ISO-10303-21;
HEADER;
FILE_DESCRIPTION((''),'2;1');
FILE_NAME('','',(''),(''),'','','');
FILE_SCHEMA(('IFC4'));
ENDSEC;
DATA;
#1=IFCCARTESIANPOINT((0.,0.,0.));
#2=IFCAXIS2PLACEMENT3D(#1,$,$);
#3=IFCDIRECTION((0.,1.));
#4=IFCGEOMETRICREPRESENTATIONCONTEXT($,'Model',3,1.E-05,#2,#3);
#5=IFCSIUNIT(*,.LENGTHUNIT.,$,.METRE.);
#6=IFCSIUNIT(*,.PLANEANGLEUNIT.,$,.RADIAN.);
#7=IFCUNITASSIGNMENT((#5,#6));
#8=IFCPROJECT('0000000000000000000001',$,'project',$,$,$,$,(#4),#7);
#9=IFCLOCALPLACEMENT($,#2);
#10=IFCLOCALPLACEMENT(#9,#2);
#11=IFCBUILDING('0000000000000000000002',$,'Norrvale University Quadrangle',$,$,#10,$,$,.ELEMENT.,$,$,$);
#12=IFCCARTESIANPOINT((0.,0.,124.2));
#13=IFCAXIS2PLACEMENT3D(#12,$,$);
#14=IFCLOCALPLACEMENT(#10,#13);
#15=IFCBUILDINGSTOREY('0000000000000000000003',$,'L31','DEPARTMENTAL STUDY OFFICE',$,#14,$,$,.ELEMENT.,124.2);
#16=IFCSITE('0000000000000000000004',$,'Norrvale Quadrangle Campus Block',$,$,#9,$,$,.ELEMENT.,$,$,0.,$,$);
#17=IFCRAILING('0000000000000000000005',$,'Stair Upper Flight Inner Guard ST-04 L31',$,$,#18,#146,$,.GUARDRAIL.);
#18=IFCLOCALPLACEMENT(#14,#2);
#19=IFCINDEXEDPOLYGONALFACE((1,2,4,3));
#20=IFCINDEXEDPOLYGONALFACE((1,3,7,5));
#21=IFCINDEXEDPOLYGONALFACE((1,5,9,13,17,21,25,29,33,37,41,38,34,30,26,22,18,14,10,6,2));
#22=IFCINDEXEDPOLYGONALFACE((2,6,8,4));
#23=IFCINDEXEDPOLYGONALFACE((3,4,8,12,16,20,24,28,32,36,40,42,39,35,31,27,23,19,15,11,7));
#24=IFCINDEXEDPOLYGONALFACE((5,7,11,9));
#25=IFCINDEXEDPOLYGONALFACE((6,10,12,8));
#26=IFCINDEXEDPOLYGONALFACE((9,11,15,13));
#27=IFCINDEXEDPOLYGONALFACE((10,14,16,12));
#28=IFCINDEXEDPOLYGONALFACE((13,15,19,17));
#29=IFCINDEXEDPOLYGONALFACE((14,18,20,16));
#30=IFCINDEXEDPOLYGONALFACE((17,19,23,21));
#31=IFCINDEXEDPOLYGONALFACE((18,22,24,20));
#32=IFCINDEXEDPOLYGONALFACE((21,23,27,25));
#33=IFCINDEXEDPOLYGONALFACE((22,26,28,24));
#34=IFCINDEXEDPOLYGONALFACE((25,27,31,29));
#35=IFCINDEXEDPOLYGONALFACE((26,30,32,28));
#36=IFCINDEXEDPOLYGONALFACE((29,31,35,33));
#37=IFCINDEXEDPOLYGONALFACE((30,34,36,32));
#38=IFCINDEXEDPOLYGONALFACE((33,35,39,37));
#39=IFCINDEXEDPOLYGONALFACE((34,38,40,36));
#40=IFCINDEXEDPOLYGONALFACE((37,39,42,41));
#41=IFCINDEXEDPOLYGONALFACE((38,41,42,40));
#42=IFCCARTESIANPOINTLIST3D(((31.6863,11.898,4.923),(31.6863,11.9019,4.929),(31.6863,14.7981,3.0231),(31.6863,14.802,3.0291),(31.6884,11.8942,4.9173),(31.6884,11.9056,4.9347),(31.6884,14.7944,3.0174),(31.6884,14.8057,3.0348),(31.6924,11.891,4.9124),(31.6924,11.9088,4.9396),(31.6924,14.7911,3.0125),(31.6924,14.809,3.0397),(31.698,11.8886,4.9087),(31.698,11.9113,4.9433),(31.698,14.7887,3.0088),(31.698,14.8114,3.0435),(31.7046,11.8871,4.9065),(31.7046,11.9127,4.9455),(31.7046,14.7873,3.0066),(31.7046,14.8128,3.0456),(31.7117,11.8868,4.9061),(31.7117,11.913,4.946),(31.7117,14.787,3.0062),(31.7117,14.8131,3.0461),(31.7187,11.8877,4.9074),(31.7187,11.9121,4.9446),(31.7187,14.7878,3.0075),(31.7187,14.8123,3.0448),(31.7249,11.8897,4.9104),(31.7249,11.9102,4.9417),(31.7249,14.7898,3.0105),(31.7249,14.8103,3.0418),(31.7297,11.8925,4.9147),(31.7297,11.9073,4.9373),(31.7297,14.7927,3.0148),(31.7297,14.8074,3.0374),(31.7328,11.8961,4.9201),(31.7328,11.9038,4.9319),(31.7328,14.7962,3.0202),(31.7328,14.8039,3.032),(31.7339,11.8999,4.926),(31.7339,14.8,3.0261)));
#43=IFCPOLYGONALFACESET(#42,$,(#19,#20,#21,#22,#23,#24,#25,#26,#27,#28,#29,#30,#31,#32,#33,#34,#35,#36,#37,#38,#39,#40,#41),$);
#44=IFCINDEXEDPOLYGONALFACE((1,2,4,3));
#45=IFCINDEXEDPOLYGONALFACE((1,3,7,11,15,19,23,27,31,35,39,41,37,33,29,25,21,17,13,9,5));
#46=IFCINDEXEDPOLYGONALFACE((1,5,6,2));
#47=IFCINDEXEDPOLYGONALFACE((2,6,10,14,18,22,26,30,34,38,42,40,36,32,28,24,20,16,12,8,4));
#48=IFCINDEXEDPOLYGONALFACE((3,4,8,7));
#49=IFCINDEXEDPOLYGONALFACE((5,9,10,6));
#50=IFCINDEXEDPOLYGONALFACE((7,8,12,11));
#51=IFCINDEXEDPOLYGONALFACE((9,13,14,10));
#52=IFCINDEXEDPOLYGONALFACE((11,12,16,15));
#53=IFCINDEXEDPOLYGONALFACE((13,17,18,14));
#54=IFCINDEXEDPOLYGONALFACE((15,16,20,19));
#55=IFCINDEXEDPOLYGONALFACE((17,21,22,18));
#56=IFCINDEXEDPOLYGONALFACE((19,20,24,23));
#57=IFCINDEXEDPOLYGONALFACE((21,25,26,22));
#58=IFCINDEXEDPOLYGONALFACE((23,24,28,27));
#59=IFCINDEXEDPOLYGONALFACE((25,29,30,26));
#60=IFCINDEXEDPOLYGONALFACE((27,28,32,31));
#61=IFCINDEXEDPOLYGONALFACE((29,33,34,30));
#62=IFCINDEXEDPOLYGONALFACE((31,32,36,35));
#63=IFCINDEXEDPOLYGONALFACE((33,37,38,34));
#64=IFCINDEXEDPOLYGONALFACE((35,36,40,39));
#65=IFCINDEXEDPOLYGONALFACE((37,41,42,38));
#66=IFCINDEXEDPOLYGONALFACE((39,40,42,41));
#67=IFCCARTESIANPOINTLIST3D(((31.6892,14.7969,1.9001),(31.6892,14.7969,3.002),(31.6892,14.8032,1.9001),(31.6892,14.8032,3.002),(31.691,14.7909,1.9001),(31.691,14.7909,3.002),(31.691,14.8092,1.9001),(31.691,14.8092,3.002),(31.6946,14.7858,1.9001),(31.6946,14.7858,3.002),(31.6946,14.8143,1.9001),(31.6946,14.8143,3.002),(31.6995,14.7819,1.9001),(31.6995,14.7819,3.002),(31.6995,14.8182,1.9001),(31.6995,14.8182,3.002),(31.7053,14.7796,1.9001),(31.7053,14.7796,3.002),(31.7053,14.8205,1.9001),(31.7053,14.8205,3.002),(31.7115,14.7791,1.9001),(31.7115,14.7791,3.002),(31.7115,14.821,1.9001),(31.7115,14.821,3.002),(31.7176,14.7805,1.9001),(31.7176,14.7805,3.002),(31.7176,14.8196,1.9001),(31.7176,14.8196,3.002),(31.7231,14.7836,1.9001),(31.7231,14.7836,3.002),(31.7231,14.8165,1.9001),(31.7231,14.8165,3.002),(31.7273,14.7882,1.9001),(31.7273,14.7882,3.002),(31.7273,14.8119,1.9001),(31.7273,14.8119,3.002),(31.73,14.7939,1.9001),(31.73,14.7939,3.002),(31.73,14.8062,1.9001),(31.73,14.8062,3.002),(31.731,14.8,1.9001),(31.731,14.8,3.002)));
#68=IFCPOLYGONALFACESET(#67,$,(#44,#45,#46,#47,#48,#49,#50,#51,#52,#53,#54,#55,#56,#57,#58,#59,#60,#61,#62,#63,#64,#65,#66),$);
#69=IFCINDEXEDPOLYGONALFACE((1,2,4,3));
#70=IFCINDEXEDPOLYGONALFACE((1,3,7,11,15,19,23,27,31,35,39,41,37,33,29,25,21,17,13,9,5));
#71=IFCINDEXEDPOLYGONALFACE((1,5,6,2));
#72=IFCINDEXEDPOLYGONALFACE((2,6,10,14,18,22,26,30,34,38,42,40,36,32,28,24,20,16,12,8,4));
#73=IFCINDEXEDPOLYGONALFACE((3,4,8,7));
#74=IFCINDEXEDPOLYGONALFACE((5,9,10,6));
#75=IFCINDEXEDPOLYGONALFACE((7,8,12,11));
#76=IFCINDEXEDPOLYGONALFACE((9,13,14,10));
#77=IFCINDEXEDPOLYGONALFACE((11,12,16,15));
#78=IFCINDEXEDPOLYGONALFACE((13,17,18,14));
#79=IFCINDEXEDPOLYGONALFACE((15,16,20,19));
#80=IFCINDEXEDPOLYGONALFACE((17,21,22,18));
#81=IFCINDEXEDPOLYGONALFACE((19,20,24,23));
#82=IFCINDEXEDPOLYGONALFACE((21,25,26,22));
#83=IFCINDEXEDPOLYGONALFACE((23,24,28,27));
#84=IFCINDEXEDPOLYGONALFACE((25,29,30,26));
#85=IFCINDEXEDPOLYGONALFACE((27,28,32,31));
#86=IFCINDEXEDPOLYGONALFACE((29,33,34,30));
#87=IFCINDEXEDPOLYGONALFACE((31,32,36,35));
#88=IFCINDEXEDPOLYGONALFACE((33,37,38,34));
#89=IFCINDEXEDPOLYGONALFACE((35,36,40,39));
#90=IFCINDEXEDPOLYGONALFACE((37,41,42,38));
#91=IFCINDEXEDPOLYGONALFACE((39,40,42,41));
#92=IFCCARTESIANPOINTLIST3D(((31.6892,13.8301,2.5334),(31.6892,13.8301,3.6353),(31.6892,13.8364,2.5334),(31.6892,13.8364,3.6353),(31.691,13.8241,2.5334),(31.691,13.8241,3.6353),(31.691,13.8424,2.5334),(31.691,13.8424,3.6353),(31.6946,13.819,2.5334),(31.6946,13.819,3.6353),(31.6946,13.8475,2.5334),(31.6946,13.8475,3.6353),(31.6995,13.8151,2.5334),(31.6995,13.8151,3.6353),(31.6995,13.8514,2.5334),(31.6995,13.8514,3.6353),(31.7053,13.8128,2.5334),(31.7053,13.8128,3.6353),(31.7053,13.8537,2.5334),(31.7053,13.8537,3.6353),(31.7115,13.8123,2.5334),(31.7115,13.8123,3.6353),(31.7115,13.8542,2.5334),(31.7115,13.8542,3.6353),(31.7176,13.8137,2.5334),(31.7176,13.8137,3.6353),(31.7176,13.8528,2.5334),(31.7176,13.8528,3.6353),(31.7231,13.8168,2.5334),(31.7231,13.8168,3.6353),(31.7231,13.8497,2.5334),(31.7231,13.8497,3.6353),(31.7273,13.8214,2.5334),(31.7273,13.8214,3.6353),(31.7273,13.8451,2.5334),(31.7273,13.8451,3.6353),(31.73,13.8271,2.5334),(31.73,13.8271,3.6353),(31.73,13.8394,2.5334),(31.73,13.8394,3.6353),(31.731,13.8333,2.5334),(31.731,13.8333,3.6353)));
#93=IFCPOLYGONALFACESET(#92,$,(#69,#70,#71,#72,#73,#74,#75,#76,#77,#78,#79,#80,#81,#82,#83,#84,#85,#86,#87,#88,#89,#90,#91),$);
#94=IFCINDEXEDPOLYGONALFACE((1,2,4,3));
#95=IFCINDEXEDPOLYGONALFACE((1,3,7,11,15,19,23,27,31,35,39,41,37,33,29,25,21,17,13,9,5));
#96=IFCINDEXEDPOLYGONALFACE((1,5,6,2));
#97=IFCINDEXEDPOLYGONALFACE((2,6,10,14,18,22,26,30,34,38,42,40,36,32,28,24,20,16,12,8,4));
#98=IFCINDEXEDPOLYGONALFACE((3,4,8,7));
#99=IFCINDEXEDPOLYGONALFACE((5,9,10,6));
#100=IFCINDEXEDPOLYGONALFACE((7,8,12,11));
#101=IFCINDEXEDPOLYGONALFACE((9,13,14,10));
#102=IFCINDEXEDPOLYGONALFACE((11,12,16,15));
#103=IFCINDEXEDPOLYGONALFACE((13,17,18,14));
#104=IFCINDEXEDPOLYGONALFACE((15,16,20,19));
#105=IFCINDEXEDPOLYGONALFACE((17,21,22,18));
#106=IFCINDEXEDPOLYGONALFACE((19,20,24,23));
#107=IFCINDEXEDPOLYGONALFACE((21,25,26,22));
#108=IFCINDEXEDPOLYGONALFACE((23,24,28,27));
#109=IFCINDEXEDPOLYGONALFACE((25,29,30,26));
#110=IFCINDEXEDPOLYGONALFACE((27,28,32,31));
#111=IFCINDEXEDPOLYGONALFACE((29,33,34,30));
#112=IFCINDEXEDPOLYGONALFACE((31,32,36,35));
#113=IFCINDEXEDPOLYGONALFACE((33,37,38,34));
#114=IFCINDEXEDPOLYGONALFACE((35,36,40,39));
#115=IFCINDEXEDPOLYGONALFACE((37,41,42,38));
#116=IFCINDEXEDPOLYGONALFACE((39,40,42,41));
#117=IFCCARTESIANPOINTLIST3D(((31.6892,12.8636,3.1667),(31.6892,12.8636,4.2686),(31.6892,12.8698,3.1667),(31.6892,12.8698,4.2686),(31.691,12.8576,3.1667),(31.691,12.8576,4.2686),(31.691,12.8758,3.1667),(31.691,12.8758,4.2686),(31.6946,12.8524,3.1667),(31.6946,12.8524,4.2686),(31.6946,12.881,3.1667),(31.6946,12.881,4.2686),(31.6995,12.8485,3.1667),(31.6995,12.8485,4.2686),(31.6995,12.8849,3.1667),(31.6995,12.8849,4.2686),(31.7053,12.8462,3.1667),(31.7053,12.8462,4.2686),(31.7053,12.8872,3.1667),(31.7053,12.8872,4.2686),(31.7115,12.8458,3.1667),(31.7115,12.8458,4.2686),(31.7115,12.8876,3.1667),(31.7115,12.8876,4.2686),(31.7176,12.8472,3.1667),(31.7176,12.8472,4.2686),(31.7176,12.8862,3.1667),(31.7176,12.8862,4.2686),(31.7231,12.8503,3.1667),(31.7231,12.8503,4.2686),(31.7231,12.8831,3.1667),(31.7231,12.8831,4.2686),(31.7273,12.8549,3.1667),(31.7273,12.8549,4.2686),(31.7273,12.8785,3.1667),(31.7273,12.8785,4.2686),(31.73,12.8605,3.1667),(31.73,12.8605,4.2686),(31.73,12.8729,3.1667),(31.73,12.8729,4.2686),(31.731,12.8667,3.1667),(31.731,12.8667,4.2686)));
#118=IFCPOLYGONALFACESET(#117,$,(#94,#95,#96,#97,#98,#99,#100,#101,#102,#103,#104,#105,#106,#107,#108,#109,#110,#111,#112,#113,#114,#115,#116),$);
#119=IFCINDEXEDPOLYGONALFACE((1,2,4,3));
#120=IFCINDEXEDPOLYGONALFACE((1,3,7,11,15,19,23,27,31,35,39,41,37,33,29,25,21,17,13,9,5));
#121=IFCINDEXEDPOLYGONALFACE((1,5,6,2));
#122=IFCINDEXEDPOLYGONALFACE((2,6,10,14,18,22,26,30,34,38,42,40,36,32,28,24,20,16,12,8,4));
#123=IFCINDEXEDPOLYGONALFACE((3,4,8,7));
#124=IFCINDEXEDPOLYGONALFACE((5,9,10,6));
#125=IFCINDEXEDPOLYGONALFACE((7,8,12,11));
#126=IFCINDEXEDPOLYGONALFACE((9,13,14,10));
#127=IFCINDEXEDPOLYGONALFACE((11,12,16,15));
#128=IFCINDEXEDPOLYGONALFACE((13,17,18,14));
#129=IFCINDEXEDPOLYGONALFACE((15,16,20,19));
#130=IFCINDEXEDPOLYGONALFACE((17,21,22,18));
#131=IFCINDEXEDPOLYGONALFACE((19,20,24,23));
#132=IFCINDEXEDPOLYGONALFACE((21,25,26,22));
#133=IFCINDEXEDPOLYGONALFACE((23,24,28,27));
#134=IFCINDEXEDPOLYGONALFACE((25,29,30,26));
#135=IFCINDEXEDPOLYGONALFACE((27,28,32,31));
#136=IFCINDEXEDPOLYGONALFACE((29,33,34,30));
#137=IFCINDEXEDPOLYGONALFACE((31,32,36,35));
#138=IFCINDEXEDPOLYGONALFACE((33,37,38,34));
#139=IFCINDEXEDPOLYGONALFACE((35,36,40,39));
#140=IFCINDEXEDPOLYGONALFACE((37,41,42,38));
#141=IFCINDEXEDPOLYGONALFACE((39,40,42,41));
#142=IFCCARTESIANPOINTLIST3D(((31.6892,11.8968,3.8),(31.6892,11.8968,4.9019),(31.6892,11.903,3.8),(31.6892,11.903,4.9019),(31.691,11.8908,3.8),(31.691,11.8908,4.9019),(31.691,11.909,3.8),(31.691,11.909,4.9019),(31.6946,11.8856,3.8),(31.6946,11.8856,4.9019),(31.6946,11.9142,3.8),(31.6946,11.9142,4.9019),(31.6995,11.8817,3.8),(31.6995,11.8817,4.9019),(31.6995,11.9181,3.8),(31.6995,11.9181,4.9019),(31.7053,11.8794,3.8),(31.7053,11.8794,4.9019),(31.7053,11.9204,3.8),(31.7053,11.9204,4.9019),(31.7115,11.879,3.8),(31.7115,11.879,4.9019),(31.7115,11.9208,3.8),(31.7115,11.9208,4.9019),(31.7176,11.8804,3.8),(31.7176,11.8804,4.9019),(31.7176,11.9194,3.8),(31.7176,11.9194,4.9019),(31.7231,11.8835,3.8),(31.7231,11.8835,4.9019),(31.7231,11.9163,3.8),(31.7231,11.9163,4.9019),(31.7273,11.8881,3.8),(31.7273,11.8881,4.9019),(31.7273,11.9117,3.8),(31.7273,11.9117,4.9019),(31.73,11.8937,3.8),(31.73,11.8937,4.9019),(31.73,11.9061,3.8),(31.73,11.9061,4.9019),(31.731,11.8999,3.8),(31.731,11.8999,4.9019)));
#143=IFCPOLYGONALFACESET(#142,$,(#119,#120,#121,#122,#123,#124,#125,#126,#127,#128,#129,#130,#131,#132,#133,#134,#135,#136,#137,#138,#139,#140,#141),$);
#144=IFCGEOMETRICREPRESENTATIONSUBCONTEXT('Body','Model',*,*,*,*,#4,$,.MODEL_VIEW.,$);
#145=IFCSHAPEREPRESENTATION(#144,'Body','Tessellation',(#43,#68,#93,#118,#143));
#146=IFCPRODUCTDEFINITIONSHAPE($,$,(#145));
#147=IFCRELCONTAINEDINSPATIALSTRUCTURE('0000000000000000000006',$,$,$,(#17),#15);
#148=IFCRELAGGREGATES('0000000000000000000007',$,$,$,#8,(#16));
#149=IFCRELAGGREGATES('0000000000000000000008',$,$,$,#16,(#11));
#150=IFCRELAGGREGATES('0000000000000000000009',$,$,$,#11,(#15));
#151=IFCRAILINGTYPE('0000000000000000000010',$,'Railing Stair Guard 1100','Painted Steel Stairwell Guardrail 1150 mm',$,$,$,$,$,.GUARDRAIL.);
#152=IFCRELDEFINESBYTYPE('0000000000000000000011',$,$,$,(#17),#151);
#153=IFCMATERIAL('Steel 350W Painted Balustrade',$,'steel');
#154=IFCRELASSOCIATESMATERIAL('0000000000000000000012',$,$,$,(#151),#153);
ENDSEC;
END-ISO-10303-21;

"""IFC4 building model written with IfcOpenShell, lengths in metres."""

from ifc_helpers import new_model, si_unit, direction, frame, origin, origin_2d, place, context, subcontext, project, spatial, circle, extrude, material, type_object, element, save


model = new_model("IFC4")

# Units and contexts
model_context = context("Model", 3, precision=1e-05, world=origin(), true_north=direction((0.0, 1.0)))
body_context = subcontext(model_context, "Body", "Model", "MODEL_VIEW")
ifc_project = project(units=[si_unit("LENGTHUNIT", "METRE"), si_unit("PLANEANGLEUNIT", "RADIAN")], contexts=[model_context])

# Site, building, storey
site_placement = place(None, origin())
site = spatial("IfcSite", under=ifc_project, at=site_placement, Name="Norrvale Quadrangle Campus Block", CompositionType="ELEMENT", RefElevation=0.0)
building_placement = place(site_placement, origin())
building = spatial("IfcBuilding", under=site, at=building_placement, Name="Norrvale University Quadrangle", CompositionType="ELEMENT")
storey_placement = place(building_placement, frame((0.0, 0.0, 124.2)))
storey = spatial("IfcBuildingStorey", under=building, at=storey_placement, Name="L31", Description="DEPARTMENTAL STUDY OFFICE", CompositionType="ELEMENT", Elevation=124.2)

# Railing
ifc_material_1 = material(Name="Steel 350W Painted Balustrade", Category="steel")
railing_type_1 = type_object("IfcRailingType", Name="Railing Stair Guard 1100", Description="Painted Steel Stairwell Guardrail 1150 mm", PredefinedType="GUARDRAIL", material=ifc_material_1)
railing_1_placement = place(storey_placement, frame((31.71, 14.8, 1.9001)))
element("IfcRailing", 1, at=railing_1_placement, inside=storey, type_object=railing_type_1, Name="Stair Upper Flight Inner Guard ST-04 L31", PredefinedType="GUARDRAIL", context=body_context, shape_type="SweptSolid", body=[
    extrude(circle(Radius=0.0239, at=origin_2d()), frame((0.0, 0.0, 1.126), z_axis=(0.0, -0.836487, 0.547987), x_axis=(1.0, 0.0, 0.0)), (0.0, 0.0, 1.0), 3.467),
    extrude(circle(Radius=0.021, at=origin_2d()), origin(), (0.0, 0.0, 1.0), 1.1018),
    extrude(circle(Radius=0.021, at=origin_2d()), frame((0.0, -0.9668, 0.6333)), (0.0, 0.0, 1.0), 1.1018),
    extrude(circle(Radius=0.021, at=origin_2d()), frame((0.0, -1.9333, 1.2666)), (0.0, 0.0, 1.0), 1.1018),
    extrude(circle(Radius=0.021, at=origin_2d()), frame((0.0, -2.9001, 1.8999)), (0.0, 0.0, 1.0), 1.1018),
])

save(model, "model.ifc")
